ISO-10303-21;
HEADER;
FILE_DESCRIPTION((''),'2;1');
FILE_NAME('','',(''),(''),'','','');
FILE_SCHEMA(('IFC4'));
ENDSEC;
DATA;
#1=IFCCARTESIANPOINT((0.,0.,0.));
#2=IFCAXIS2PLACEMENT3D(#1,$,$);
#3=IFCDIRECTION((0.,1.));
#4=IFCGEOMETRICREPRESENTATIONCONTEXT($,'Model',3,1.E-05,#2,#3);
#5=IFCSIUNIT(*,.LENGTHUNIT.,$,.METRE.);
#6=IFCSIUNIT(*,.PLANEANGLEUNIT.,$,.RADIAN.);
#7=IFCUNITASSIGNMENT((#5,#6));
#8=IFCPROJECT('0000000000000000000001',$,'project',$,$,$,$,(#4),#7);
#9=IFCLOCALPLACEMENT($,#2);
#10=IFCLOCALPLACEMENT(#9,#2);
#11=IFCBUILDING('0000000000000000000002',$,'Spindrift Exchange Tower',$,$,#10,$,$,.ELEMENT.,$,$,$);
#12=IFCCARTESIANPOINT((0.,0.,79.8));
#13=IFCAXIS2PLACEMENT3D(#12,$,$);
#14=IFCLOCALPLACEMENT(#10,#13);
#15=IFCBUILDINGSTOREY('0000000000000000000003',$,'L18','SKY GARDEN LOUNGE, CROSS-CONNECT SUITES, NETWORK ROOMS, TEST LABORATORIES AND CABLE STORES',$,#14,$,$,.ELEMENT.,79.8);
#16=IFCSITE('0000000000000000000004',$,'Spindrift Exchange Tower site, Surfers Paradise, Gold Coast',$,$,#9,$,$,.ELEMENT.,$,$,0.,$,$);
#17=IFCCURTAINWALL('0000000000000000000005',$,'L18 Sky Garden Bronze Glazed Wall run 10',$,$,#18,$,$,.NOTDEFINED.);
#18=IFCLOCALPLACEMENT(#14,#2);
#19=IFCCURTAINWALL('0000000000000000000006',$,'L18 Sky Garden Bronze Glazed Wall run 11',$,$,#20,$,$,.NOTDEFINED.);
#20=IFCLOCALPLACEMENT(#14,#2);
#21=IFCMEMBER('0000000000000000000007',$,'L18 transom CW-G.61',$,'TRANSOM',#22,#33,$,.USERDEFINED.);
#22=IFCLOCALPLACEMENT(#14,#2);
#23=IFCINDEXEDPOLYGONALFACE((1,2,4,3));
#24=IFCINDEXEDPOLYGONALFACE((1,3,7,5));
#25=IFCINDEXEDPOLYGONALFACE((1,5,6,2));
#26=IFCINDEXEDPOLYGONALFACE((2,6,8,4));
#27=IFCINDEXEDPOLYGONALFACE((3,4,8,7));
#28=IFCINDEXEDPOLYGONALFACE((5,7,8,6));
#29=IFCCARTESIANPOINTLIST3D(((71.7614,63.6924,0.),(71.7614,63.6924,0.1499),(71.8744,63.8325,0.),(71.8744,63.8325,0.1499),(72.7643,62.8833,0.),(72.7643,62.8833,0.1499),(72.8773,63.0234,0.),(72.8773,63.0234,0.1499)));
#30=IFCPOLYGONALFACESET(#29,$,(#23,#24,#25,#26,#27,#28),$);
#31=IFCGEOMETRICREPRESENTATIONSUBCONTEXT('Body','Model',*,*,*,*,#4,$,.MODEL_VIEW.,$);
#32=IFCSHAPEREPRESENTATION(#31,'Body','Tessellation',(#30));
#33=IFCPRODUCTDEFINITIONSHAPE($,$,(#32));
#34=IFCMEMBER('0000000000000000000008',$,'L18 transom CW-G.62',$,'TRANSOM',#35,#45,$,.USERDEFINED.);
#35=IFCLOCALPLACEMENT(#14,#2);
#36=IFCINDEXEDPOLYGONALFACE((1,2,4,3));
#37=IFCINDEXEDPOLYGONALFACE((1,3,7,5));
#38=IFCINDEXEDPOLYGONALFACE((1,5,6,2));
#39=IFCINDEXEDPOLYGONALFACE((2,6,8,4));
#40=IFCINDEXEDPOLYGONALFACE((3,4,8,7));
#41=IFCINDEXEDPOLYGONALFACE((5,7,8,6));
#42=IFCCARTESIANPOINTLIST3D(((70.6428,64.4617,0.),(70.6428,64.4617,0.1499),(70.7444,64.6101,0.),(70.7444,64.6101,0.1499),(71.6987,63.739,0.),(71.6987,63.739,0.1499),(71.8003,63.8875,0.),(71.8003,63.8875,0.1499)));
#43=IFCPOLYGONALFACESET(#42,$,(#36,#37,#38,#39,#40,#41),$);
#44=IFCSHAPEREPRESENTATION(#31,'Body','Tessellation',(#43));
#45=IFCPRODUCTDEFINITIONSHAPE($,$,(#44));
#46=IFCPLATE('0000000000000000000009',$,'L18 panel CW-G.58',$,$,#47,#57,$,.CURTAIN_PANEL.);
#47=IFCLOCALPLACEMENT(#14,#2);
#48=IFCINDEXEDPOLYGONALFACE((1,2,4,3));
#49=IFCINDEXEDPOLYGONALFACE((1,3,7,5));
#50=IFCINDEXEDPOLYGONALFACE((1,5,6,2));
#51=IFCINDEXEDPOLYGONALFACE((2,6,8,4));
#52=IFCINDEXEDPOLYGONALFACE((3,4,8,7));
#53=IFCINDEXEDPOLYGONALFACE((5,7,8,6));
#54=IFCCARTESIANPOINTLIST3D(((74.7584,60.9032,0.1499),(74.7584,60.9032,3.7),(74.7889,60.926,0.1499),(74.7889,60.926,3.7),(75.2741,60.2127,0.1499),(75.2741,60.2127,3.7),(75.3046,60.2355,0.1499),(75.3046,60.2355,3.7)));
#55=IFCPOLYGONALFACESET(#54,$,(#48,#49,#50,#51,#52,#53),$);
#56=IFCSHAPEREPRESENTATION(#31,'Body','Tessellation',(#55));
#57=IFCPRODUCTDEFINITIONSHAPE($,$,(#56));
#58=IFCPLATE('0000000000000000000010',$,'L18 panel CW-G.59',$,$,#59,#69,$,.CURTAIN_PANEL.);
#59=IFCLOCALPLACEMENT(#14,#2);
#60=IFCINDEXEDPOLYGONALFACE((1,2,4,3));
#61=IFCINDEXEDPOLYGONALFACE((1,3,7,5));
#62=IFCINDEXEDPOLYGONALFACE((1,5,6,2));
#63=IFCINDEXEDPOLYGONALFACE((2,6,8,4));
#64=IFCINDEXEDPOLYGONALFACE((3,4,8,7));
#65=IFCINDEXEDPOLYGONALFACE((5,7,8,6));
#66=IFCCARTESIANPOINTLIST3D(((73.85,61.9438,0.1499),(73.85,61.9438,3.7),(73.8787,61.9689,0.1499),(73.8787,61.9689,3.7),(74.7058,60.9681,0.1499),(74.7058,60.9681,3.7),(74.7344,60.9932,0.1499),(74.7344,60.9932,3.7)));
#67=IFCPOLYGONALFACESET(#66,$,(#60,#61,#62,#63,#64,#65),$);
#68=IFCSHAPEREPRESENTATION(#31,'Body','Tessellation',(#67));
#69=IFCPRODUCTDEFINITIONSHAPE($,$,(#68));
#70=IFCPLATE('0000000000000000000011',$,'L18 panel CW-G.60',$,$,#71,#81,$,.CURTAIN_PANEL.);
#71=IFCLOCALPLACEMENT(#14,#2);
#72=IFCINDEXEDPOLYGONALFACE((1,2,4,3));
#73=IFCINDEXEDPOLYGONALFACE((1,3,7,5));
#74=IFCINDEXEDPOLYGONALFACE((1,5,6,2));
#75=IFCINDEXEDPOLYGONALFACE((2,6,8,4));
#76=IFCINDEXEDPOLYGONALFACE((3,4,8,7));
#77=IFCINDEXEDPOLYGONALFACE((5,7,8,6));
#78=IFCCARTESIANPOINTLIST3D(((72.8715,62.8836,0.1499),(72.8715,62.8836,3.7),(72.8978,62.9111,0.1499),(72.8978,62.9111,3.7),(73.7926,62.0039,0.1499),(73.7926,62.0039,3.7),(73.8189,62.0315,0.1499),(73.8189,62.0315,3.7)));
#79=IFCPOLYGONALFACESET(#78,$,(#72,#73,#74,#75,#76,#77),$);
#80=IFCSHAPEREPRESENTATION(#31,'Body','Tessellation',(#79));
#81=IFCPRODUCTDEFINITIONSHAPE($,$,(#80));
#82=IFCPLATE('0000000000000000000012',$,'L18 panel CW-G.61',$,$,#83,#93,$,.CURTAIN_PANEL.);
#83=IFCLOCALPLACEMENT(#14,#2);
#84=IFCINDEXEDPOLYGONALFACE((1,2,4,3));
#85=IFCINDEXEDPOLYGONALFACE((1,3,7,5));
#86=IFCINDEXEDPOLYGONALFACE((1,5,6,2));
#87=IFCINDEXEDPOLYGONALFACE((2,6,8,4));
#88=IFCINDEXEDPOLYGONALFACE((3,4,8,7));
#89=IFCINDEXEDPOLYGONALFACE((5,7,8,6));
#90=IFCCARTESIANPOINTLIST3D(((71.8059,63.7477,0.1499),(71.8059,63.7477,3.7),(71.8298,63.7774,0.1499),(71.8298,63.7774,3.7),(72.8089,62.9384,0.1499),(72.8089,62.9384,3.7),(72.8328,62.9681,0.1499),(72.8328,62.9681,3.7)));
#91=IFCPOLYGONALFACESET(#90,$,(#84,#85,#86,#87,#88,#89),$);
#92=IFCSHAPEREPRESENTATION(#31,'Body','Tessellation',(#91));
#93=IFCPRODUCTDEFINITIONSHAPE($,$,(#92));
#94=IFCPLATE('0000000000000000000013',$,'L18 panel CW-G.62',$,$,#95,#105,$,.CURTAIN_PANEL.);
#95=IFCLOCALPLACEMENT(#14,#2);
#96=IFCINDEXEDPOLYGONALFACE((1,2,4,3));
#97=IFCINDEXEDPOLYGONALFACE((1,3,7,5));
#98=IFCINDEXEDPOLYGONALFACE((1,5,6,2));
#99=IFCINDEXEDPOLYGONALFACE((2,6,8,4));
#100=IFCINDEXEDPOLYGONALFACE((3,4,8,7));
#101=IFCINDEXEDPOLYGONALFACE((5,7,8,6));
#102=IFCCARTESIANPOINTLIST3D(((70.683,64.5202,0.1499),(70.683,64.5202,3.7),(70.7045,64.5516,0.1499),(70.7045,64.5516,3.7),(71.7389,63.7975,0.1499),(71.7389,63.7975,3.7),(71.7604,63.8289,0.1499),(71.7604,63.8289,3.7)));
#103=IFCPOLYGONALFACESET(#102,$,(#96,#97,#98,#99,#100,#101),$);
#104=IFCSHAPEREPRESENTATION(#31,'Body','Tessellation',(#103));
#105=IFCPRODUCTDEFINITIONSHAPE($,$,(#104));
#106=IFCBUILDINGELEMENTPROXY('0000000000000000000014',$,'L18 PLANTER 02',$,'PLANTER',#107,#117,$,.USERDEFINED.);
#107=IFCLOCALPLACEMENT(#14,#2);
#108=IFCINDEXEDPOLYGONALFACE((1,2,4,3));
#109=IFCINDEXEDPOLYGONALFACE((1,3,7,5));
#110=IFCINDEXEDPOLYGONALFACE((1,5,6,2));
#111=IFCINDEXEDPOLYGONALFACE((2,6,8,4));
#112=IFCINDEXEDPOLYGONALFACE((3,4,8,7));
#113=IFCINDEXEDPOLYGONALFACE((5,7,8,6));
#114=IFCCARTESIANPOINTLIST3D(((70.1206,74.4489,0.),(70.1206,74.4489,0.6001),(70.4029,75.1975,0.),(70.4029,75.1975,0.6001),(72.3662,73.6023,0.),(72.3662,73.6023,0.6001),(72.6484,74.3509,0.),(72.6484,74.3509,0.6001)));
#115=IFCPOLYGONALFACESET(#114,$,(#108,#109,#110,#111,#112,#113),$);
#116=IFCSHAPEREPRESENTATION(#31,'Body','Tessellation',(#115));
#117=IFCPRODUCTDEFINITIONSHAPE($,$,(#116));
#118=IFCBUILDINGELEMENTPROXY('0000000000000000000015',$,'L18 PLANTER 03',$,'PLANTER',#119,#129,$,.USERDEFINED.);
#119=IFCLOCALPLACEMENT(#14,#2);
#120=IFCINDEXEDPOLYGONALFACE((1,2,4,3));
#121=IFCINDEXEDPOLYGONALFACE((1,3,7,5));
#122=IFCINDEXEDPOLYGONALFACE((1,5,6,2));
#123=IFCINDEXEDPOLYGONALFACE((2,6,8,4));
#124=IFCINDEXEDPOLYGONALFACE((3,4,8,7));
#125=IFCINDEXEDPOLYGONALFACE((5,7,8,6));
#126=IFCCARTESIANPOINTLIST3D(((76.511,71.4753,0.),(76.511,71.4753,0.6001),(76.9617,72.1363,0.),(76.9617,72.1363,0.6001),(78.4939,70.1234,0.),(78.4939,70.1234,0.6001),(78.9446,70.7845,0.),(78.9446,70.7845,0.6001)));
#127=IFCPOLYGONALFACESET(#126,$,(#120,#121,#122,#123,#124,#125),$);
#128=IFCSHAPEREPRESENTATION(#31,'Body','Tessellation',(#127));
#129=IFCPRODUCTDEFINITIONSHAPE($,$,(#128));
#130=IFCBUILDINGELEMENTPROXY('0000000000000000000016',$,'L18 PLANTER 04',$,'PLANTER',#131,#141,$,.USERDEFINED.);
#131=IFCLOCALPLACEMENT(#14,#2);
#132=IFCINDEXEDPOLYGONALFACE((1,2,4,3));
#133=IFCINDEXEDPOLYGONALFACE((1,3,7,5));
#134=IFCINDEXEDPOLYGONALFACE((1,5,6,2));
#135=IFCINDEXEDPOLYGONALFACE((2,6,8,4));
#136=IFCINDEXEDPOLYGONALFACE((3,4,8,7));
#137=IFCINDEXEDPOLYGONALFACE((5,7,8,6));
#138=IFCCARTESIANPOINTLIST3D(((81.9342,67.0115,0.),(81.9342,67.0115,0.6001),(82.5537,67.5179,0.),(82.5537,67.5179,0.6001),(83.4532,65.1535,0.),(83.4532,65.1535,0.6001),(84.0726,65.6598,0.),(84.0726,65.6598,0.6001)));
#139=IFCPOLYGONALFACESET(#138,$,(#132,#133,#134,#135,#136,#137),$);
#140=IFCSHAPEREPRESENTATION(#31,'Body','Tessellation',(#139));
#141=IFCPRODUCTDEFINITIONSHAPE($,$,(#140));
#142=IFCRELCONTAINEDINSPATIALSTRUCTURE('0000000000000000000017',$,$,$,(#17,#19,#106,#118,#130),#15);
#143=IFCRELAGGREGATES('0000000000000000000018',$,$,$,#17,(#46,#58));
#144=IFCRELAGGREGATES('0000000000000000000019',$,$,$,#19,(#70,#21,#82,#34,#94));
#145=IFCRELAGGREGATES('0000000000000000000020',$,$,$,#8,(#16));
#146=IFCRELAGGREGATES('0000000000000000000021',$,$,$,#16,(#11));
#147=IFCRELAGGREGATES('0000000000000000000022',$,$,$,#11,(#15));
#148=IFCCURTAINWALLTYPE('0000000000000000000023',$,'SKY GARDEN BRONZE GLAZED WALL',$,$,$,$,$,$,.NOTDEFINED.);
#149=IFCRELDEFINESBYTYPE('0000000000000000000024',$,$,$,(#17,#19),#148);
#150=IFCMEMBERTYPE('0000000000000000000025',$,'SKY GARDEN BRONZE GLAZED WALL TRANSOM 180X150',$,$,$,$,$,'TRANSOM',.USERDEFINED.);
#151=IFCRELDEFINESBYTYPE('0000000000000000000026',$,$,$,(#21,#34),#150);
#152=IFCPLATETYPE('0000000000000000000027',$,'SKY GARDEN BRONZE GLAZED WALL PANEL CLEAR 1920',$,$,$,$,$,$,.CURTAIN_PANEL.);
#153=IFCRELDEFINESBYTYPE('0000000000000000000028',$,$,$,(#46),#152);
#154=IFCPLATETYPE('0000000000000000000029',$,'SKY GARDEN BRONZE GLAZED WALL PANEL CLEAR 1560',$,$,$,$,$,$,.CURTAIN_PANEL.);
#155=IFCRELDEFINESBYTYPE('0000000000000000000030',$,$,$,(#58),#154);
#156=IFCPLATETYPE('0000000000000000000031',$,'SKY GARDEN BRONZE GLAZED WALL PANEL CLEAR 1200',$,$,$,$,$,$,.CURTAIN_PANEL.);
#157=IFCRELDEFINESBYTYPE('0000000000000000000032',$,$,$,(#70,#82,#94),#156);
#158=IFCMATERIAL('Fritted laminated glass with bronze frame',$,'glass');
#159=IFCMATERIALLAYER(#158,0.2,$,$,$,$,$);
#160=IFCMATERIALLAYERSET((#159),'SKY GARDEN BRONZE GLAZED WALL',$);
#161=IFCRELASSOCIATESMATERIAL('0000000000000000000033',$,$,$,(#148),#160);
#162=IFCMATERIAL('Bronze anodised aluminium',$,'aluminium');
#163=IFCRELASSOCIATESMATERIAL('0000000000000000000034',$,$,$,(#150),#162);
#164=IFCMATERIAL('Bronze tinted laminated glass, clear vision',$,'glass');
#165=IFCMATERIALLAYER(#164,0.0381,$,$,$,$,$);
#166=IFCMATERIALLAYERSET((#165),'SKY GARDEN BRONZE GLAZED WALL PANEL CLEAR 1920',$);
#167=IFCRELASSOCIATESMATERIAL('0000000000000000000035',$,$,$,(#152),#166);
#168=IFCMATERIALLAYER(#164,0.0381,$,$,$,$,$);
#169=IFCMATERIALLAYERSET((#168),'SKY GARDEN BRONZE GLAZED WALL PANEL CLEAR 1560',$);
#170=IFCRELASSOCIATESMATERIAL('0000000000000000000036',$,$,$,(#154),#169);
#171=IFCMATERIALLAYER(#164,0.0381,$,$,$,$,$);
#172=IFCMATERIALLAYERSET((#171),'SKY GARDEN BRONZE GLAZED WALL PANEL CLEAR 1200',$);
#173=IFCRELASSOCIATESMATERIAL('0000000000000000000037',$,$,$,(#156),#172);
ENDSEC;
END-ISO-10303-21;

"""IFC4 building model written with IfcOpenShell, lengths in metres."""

from ifc_helpers import new_model, si_unit, direction, frame, origin, origin_2d, place, context, subcontext, project, spatial, rectangle, extrude, source, transform, mapped, material, layer, layer_set, material_profile, profile_set, type_object, element, aggregate, save


model = new_model("IFC4")

# Units and contexts
model_context = context("Model", 3, precision=1e-05, world=origin(), true_north=direction((0.0, 1.0)))
body_context = subcontext(model_context, "Body", "Model", "MODEL_VIEW")
ifc_project = project(units=[si_unit("LENGTHUNIT", "METRE"), si_unit("PLANEANGLEUNIT", "RADIAN")], contexts=[model_context])

# Site, building, storey
site_placement = place(None, origin())
site = spatial("IfcSite", under=ifc_project, at=site_placement, Name="Spindrift Exchange Tower site, Surfers Paradise, Gold Coast", CompositionType="ELEMENT", RefElevation=0.0)
building_placement = place(site_placement, origin())
building = spatial("IfcBuilding", under=site, at=building_placement, Name="Spindrift Exchange Tower", CompositionType="ELEMENT")
storey_placement = place(building_placement, frame((0.0, 0.0, 79.8)))
storey = spatial("IfcBuildingStorey", under=building, at=storey_placement, Name="L18", Description="SKY GARDEN LOUNGE, CROSS-CONNECT SUITES, NETWORK ROOMS, TEST LABORATORIES AND CABLE STORES", CompositionType="ELEMENT", Elevation=79.8)

# Curtain wall
ifc_material_1 = material(Name="Fritted laminated glass with bronze frame", Category="glass")
ifc_layer_1 = layer(ifc_material_1, 0.2)
ifc_layer_set_1 = layer_set([ifc_layer_1], Name="SKY GARDEN BRONZE GLAZED WALL")
curtain_wall_type = type_object("IfcCurtainWallType", Name="SKY GARDEN BRONZE GLAZED WALL", PredefinedType="NOTDEFINED", material=ifc_layer_set_1)
curtain_wall_1_placement = place(storey_placement, origin())
curtain_wall_1 = element("IfcCurtainWall", 1, at=curtain_wall_1_placement, inside=storey, type_object=curtain_wall_type, Name="L18 Sky Garden Bronze Glazed Wall run 10", PredefinedType="NOTDEFINED")
ifc_material_2 = material(Name="Bronze anodised aluminium", Category="aluminium")

# Curtain wall
curtain_wall_2_placement = place(storey_placement, origin())
curtain_wall_2 = element("IfcCurtainWall", 2, at=curtain_wall_2_placement, inside=storey, type_object=curtain_wall_type, Name="L18 Sky Garden Bronze Glazed Wall run 11", PredefinedType="NOTDEFINED")

# Members
ifc_material_profile_1 = material_profile(ifc_material_2, rectangle(XDim=0.1799, YDim=0.1499, at=origin_2d()), Name="SKY GARDEN BRONZE GLAZED WALL TRANSOM 180X150")
ifc_profile_set_1 = profile_set([ifc_material_profile_1], Name="Bronze anodised aluminium")
member_type_1 = type_object("IfcMemberType", Name="SKY GARDEN BRONZE GLAZED WALL TRANSOM 180X150", ElementType="TRANSOM", PredefinedType="USERDEFINED", material=ifc_profile_set_1)
shared_shape_1 = source(origin(), body_context, "Body", "SweptSolid", [
    extrude(rectangle(XDim=0.1799, YDim=0.1499, at=origin_2d()), origin(), (0.0, 0.0, 1.0), 1.2886),
])
member_1_placement = place(storey_placement, frame((72.8208, 62.9534, 0.075), z_axis=(-0.778311, 0.627878, 0.0), x_axis=(-0.627878, -0.778311, 0.0)))
member_1 = element("IfcMember", 3, at=member_1_placement, type_object=member_type_1, Name="L18 transom CW-G.61", ObjectType="TRANSOM", PredefinedType="USERDEFINED", context=body_context, shape_type="MappedRepresentation", body=[
    mapped(shared_shape_1, transform((0.0, 0.0, 0.0), scale=1.0)),
])
shared_shape_2 = source(origin(), body_context, "Body", "SweptSolid", [
    extrude(rectangle(XDim=0.1799, YDim=0.1499, at=origin_2d()), origin(), (0.0, 0.0, 1.0), 1.2795),
])
member_2_placement = place(storey_placement, frame((71.7495, 63.8132, 0.075), z_axis=(-0.825237, 0.564787, 0.0), x_axis=(-0.564787, -0.825237, 0.0)))
member_2 = element("IfcMember", 4, at=member_2_placement, type_object=member_type_1, Name="L18 transom CW-G.62", ObjectType="TRANSOM", PredefinedType="USERDEFINED", context=body_context, shape_type="MappedRepresentation", body=[
    mapped(shared_shape_2, transform((0.0, 0.0, 0.0), scale=1.0)),
])

# Plates
ifc_material_3 = material(Name="Bronze tinted laminated glass, clear vision", Category="glass")
ifc_layer_2 = layer(ifc_material_3, 0.0381)
ifc_layer_set_2 = layer_set([ifc_layer_2], Name="SKY GARDEN BRONZE GLAZED WALL PANEL CLEAR 1920")
plate_type_1 = type_object("IfcPlateType", Name="SKY GARDEN BRONZE GLAZED WALL PANEL CLEAR 1920", PredefinedType="CURTAIN_PANEL", material=ifc_layer_set_2)
shared_shape_3 = source(origin(), body_context, "Body", "SweptSolid", [
    extrude(rectangle(XDim=0.8618, YDim=0.0381, at=origin_2d()), origin(), (0.0, 0.0, 1.0), 3.55),
])
plate_1_placement = place(storey_placement, frame((75.0315, 60.5693, 0.1499), z_axis=(0.0, 0.0, 1.0), x_axis=(-0.598343, 0.80124, 0.0)))
plate_1 = element("IfcPlate", 5, at=plate_1_placement, type_object=plate_type_1, Name="L18 panel CW-G.58", PredefinedType="CURTAIN_PANEL", context=body_context, shape_type="MappedRepresentation", body=[
    mapped(shared_shape_3, transform((0.0, 0.0, 0.0), scale=1.0)),
])
ifc_layer_3 = layer(ifc_material_3, 0.0381)
ifc_layer_set_3 = layer_set([ifc_layer_3], Name="SKY GARDEN BRONZE GLAZED WALL PANEL CLEAR 1560")
plate_type_2 = type_object("IfcPlateType", Name="SKY GARDEN BRONZE GLAZED WALL PANEL CLEAR 1560", PredefinedType="CURTAIN_PANEL", material=ifc_layer_set_3)
shared_shape_4 = source(origin(), body_context, "Body", "SweptSolid", [
    extrude(rectangle(XDim=1.2979, YDim=0.0381, at=origin_2d()), origin(), (0.0, 0.0, 1.0), 3.55),
])
plate_2_placement = place(storey_placement, frame((74.2922, 61.4685, 0.1499), z_axis=(0.0, 0.0, 1.0), x_axis=(-0.65939, 0.751801, 0.0)))
plate_2 = element("IfcPlate", 6, at=plate_2_placement, type_object=plate_type_2, Name="L18 panel CW-G.59", PredefinedType="CURTAIN_PANEL", context=body_context, shape_type="MappedRepresentation", body=[
    mapped(shared_shape_4, transform((0.0, 0.0, 0.0), scale=1.0)),
])
aggregate(curtain_wall_1, [plate_1, plate_2])
ifc_layer_4 = layer(ifc_material_3, 0.0381)
ifc_layer_set_4 = layer_set([ifc_layer_4], Name="SKY GARDEN BRONZE GLAZED WALL PANEL CLEAR 1200")
plate_type_3 = type_object("IfcPlateType", Name="SKY GARDEN BRONZE GLAZED WALL PANEL CLEAR 1200", PredefinedType="CURTAIN_PANEL", material=ifc_layer_set_4)
shared_shape_5 = source(origin(), body_context, "Body", "SweptSolid", [
    extrude(rectangle(XDim=1.2737, YDim=0.0381, at=origin_2d()), origin(), (0.0, 0.0, 1.0), 3.55),
])
plate_3_placement = place(storey_placement, frame((73.3452, 62.4575, 0.1499), z_axis=(0.0, 0.0, 1.0), x_axis=(-0.723222, 0.690616, 0.0)))
plate_3 = element("IfcPlate", 7, at=plate_3_placement, type_object=plate_type_3, Name="L18 panel CW-G.60", PredefinedType="CURTAIN_PANEL", context=body_context, shape_type="MappedRepresentation", body=[
    mapped(shared_shape_5, transform((0.0, 0.0, 0.0), scale=1.0)),
])
shared_shape_6 = source(origin(), body_context, "Body", "SweptSolid", [
    extrude(rectangle(XDim=1.2888, YDim=0.0381, at=origin_2d()), origin(), (0.0, 0.0, 1.0), 3.55),
])
plate_4_placement = place(storey_placement, frame((72.3193, 63.3579, 0.1499), z_axis=(0.0, 0.0, 1.0), x_axis=(-0.778263, 0.627939, 0.0)))
plate_4 = element("IfcPlate", 8, at=plate_4_placement, type_object=plate_type_3, Name="L18 panel CW-G.61", PredefinedType="CURTAIN_PANEL", context=body_context, shape_type="MappedRepresentation", body=[
    mapped(shared_shape_6, transform((0.0, 0.0, 0.0), scale=1.0)),
])
shared_shape_7 = source(origin(), body_context, "Body", "SweptSolid", [
    extrude(rectangle(XDim=1.2795, YDim=0.0381, at=origin_2d()), origin(), (0.0, 0.0, 1.0), 3.55),
])
plate_5_placement = place(storey_placement, frame((71.2217, 64.1746, 0.1499), z_axis=(0.0, 0.0, 1.0), x_axis=(-0.825201, 0.564839, 0.0)))
plate_5 = element("IfcPlate", 9, at=plate_5_placement, type_object=plate_type_3, Name="L18 panel CW-G.62", PredefinedType="CURTAIN_PANEL", context=body_context, shape_type="MappedRepresentation", body=[
    mapped(shared_shape_7, transform((0.0, 0.0, 0.0), scale=1.0)),
])
aggregate(curtain_wall_2, [plate_3, member_1, plate_4, member_2, plate_5])

# Building element proxies
shared_shape_8 = source(origin(), body_context, "Body", "SweptSolid", [
    extrude(rectangle(XDim=2.3999, YDim=0.8, at=origin_2d()), origin(), (0.0, 0.0, 1.0), 0.6001),
])
for number, where, z_axis, x_axis, name in (
    (10, (71.3845, 74.3999, 0.0), (0.0, 0.0, 1.0), (0.935699, -0.3528, 0.0), "L18 PLANTER 02"),
    (11, (77.7278, 71.1299, 0.0), (0.0, 0.0, 1.0), (0.826251, -0.563303, 0.0), "L18 PLANTER 03"),
    (12, (83.0034, 66.3357, 0.0), (0.0, 0.0, 1.0), (0.632912, -0.774224, 0.0), "L18 PLANTER 04"),
):
    element("IfcBuildingElementProxy", number, at=place(storey_placement, frame(where, z_axis=z_axis, x_axis=x_axis)), inside=storey, Name=name, ObjectType="PLANTER", PredefinedType="USERDEFINED", context=body_context, shape_type="MappedRepresentation", body=[
        mapped(shared_shape_8, transform((0.0, 0.0, 0.0), scale=1.0)),
    ])

save(model, "model.ifc")
